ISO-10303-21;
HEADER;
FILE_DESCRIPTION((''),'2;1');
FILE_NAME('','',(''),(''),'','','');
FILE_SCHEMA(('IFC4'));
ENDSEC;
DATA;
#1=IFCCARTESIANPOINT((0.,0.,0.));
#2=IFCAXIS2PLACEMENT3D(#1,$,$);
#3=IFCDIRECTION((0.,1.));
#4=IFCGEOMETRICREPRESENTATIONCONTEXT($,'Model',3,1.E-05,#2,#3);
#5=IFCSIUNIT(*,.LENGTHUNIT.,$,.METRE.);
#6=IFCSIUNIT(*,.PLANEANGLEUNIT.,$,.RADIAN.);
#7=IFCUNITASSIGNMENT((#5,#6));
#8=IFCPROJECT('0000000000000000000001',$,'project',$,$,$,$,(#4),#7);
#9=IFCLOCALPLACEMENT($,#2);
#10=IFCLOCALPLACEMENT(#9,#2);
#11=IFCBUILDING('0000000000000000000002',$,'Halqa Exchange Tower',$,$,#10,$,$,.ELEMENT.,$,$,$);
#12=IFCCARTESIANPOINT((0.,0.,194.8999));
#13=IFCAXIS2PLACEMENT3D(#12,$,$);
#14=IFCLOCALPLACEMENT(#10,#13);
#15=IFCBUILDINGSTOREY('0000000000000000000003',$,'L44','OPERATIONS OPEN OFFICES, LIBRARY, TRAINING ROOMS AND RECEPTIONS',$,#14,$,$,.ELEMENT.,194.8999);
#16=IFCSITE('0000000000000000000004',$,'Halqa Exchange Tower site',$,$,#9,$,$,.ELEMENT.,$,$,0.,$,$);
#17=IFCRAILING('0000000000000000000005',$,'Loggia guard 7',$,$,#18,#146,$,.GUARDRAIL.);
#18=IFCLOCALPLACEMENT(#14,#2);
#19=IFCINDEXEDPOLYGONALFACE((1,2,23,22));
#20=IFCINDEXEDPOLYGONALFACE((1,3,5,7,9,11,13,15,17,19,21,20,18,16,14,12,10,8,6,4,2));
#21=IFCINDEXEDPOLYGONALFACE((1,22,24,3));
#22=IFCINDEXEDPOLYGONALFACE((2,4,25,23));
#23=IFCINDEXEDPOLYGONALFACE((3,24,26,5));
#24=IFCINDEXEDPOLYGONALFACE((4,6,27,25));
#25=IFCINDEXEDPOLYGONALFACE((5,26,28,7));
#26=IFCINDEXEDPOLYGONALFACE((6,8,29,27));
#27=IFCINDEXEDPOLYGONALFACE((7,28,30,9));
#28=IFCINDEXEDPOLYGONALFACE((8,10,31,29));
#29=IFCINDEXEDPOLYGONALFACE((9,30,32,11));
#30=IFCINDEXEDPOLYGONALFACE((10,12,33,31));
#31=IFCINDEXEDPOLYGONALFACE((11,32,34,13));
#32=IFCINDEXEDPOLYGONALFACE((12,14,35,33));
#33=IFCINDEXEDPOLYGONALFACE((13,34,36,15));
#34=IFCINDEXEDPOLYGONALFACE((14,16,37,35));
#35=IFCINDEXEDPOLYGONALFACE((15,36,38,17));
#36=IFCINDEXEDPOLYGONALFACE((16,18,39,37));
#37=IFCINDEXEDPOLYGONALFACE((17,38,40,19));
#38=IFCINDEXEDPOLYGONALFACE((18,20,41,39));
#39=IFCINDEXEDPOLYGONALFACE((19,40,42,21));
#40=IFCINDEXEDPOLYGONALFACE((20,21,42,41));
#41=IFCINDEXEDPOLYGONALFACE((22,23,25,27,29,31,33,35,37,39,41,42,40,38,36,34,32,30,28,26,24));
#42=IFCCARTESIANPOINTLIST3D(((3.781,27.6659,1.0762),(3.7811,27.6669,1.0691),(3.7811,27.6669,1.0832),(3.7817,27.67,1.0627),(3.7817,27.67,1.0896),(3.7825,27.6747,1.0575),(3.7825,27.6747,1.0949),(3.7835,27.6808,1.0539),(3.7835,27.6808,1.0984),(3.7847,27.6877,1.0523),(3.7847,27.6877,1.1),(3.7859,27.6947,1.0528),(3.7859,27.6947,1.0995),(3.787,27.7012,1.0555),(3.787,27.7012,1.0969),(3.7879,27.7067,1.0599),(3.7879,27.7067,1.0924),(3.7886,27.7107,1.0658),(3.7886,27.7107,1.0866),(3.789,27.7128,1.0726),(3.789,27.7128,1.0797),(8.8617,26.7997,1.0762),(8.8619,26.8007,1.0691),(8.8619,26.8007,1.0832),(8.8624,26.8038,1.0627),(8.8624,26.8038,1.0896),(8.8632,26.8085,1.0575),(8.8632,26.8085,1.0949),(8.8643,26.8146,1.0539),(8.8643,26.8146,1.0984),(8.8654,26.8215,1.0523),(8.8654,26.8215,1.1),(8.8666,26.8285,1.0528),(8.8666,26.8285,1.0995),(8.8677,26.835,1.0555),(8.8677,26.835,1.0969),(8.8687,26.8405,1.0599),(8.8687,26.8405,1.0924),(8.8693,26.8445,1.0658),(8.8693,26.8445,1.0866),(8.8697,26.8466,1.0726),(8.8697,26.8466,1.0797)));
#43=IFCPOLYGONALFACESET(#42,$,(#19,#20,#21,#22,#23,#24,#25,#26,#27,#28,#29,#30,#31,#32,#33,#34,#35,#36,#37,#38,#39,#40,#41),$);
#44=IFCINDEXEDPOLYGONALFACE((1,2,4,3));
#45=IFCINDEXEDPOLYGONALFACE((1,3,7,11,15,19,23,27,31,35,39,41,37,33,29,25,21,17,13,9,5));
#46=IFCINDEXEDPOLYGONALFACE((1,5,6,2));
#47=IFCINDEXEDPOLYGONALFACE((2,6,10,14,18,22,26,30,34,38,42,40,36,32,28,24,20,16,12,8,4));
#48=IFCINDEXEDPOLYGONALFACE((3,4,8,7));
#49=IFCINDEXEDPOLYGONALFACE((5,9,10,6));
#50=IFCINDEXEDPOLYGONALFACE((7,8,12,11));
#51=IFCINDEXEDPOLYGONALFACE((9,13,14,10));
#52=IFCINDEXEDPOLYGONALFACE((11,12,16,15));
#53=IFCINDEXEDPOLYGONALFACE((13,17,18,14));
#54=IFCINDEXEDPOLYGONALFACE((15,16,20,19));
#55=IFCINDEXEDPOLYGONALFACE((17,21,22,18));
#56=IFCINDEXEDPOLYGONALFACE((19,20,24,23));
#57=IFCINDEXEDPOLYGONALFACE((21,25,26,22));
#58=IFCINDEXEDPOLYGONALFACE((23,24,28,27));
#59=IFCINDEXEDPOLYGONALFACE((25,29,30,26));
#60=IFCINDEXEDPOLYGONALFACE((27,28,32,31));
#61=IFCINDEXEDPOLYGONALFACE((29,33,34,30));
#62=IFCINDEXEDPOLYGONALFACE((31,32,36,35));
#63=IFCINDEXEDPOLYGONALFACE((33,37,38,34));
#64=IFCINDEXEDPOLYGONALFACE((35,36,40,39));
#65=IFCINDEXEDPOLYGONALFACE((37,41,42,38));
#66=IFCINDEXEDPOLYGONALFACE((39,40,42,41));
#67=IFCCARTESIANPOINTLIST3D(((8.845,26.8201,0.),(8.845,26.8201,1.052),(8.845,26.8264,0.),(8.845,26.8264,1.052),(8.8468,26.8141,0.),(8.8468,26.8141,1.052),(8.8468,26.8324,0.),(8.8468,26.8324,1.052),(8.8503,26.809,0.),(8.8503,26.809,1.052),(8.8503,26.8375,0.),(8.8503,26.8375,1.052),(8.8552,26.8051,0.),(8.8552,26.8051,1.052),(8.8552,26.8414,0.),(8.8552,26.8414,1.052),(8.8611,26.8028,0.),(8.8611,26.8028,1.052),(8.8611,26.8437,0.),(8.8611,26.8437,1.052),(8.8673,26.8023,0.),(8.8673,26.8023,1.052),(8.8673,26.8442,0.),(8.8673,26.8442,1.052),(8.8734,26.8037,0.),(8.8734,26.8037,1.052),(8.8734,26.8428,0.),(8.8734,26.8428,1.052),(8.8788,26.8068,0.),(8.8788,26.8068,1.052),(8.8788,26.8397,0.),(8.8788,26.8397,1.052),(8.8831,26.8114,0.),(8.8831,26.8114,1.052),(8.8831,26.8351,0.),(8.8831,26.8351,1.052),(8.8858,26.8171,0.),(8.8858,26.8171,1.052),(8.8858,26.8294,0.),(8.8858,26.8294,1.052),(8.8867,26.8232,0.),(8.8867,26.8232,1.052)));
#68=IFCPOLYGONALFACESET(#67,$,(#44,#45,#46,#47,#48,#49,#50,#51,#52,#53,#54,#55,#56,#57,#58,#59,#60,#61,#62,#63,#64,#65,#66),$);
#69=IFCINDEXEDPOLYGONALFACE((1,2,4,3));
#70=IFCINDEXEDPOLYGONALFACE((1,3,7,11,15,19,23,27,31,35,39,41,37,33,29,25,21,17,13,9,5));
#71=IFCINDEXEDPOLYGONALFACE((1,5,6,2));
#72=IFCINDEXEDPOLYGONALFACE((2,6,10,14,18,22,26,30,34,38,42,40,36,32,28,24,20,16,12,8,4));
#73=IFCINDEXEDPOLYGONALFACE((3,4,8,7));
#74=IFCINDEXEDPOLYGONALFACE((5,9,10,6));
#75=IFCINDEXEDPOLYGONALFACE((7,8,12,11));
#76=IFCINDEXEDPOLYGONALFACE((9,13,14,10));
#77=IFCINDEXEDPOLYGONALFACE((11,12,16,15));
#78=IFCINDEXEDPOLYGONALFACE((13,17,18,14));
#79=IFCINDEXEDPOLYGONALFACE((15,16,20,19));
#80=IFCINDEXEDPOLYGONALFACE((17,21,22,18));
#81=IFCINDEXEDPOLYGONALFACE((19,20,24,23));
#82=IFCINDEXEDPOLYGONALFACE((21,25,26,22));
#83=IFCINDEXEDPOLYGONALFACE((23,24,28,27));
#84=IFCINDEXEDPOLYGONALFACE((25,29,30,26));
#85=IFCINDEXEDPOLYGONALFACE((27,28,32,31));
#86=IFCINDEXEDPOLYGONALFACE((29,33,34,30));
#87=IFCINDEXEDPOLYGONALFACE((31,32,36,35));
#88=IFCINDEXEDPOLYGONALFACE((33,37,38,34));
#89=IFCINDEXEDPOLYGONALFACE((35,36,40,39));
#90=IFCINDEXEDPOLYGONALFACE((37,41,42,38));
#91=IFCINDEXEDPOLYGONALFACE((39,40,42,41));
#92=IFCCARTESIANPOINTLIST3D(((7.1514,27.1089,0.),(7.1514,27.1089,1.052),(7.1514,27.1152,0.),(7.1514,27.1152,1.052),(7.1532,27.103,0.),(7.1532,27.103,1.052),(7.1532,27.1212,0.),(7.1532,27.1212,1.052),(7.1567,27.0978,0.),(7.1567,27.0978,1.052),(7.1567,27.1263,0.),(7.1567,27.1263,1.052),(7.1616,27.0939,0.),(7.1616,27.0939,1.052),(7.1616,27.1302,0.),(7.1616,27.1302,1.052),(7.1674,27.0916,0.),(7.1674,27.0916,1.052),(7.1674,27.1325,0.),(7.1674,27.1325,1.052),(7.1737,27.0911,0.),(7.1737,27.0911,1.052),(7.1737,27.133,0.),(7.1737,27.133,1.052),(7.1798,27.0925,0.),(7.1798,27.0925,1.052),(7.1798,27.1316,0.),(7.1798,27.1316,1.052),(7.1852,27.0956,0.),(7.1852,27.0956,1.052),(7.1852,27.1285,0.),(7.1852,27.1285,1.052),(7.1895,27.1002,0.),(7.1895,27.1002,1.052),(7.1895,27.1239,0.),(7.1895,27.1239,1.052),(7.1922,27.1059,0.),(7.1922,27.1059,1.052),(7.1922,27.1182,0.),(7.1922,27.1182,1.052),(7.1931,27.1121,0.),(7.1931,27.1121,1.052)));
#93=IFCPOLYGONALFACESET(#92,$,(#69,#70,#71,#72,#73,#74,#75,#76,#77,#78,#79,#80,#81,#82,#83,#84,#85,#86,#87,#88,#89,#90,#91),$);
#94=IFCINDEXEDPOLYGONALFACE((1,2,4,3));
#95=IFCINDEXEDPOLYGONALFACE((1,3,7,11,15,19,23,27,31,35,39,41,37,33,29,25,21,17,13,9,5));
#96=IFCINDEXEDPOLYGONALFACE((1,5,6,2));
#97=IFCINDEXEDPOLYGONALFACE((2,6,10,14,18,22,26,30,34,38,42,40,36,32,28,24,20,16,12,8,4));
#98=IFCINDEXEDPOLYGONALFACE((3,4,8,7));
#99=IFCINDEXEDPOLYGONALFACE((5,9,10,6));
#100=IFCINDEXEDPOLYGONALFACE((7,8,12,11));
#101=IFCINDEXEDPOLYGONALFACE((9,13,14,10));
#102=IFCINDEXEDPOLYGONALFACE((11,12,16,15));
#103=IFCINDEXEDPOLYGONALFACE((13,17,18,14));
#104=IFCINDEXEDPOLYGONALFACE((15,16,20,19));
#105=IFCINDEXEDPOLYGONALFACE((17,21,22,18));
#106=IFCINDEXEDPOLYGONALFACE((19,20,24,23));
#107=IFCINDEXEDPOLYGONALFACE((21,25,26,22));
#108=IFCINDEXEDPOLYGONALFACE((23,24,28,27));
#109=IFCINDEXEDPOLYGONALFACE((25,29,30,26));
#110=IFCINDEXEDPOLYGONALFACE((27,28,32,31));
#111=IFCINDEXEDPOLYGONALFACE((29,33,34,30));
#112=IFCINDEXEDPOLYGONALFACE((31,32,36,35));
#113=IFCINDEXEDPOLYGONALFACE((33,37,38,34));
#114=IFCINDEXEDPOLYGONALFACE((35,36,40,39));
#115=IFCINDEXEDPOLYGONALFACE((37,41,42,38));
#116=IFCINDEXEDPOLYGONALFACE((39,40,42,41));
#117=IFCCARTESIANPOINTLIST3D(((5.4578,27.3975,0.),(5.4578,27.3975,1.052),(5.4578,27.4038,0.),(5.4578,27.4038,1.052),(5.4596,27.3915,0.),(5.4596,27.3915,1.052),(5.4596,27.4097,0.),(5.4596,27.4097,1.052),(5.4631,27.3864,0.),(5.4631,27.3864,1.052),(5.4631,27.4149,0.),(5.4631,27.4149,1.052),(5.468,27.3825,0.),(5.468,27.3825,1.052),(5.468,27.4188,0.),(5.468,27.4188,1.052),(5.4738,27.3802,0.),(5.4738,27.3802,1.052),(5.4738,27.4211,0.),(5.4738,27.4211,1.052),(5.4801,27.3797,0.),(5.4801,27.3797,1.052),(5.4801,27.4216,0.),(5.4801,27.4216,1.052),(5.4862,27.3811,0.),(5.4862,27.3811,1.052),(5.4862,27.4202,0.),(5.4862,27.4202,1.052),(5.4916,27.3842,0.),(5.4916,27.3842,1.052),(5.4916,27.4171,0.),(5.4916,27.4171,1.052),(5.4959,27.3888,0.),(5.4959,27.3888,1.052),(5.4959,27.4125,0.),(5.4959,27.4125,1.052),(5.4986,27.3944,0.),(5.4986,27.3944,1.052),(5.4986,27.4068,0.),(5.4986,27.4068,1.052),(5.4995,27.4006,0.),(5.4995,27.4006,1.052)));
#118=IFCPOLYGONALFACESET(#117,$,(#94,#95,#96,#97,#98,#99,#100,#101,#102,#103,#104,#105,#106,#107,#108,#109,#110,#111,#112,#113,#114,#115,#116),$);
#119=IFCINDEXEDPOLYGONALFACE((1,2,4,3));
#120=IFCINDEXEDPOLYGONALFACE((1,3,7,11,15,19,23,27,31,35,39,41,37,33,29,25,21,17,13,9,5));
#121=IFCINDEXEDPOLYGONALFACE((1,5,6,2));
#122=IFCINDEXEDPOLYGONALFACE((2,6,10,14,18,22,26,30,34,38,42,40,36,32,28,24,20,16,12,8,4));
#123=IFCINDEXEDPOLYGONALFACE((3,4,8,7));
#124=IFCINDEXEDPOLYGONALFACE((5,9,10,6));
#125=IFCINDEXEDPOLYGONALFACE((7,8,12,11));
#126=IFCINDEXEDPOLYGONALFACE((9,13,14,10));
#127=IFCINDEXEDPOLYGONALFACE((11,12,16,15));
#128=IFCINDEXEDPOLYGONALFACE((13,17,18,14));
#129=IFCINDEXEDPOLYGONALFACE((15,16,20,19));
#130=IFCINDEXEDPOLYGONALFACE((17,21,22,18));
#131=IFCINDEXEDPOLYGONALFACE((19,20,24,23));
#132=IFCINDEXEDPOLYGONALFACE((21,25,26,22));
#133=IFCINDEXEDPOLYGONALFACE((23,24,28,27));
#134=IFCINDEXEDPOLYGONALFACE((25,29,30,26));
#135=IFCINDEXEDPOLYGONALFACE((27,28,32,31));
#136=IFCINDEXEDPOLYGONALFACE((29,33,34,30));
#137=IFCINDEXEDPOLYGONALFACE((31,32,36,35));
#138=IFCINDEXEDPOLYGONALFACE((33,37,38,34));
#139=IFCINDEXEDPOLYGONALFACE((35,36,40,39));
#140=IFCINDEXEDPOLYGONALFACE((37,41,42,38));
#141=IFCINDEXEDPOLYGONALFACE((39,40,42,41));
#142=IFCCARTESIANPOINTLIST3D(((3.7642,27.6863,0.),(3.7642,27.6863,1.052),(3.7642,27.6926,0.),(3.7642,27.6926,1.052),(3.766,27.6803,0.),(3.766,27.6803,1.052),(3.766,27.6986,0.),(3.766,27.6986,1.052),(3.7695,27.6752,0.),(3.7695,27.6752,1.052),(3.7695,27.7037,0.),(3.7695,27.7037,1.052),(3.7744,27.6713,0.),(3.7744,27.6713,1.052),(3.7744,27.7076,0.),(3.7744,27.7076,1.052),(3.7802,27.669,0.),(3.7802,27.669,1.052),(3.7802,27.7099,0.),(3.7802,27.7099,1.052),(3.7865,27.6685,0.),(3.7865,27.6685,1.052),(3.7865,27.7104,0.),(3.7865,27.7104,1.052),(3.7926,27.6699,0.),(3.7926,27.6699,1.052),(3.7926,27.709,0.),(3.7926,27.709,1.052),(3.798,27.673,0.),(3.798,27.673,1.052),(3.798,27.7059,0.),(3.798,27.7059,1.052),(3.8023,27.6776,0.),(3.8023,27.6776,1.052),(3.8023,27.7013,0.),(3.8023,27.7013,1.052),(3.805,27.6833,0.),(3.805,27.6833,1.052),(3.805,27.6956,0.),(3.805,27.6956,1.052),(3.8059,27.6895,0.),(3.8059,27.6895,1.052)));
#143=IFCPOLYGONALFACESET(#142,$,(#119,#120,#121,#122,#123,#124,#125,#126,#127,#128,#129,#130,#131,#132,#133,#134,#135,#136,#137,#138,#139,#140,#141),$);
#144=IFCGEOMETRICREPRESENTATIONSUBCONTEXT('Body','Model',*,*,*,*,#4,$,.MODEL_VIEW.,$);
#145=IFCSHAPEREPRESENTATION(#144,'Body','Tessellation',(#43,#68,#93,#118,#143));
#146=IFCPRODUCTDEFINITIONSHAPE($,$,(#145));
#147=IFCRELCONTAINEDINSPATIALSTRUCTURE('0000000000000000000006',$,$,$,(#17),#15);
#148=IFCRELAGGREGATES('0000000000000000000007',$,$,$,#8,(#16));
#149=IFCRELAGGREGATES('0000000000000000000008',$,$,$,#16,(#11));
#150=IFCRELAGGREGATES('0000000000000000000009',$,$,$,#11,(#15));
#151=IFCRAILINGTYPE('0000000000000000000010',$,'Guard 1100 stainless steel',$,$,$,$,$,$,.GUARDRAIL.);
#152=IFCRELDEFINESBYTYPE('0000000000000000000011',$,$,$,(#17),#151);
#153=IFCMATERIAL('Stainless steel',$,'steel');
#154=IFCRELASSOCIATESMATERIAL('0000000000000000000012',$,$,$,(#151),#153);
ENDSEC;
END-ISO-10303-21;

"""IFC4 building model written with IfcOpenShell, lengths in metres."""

from ifc_helpers import new_model, si_unit, direction, frame, origin, origin_2d, place, context, subcontext, project, spatial, circle, extrude, material, type_object, element, save


model = new_model("IFC4")

# Units and contexts
model_context = context("Model", 3, precision=1e-05, world=origin(), true_north=direction((0.0, 1.0)))
body_context = subcontext(model_context, "Body", "Model", "MODEL_VIEW")
ifc_project = project(units=[si_unit("LENGTHUNIT", "METRE"), si_unit("PLANEANGLEUNIT", "RADIAN")], contexts=[model_context])

# Site, building, storey
site_placement = place(None, origin())
site = spatial("IfcSite", under=ifc_project, at=site_placement, Name="Halqa Exchange Tower site", CompositionType="ELEMENT", RefElevation=0.0)
building_placement = place(site_placement, origin())
building = spatial("IfcBuilding", under=site, at=building_placement, Name="Halqa Exchange Tower", CompositionType="ELEMENT")
storey_placement = place(building_placement, frame((0.0, 0.0, 194.8999)))
storey = spatial("IfcBuildingStorey", under=building, at=storey_placement, Name="L44", Description="OPERATIONS OPEN OFFICES, LIBRARY, TRAINING ROOMS AND RECEPTIONS", CompositionType="ELEMENT", Elevation=194.8999)

# Railing
ifc_material_1 = material(Name="Stainless steel", Category="steel")
railing_type_1 = type_object("IfcRailingType", Name="Guard 1100 stainless steel", PredefinedType="GUARDRAIL", material=ifc_material_1)
railing_1_placement = place(storey_placement, frame((8.8657, 26.8232, 0.0)))
element("IfcRailing", 1, at=railing_1_placement, inside=storey, type_object=railing_type_1, Name="Loggia guard 7", PredefinedType="GUARDRAIL", context=body_context, shape_type="SweptSolid", body=[
    extrude(circle(Radius=0.0239, at=origin_2d()), frame((0.0, 0.0, 1.0762), z_axis=(-0.985776, 0.168062, 0.0), x_axis=(-0.168062, -0.985776, 0.0)), (0.0, 0.0, 1.0), 5.1541),
    extrude(circle(Radius=0.021, at=origin_2d()), origin(), (0.0, 0.0, 1.0), 1.052),
    extrude(circle(Radius=0.021, at=origin_2d()), frame((-1.6936, 0.2888, 0.0)), (0.0, 0.0, 1.0), 1.052),
    extrude(circle(Radius=0.021, at=origin_2d()), frame((-3.3872, 0.5774, 0.0)), (0.0, 0.0, 1.0), 1.052),
    extrude(circle(Radius=0.021, at=origin_2d()), frame((-5.0808, 0.8662, 0.0)), (0.0, 0.0, 1.0), 1.052),
])

save(model, "model.ifc")
